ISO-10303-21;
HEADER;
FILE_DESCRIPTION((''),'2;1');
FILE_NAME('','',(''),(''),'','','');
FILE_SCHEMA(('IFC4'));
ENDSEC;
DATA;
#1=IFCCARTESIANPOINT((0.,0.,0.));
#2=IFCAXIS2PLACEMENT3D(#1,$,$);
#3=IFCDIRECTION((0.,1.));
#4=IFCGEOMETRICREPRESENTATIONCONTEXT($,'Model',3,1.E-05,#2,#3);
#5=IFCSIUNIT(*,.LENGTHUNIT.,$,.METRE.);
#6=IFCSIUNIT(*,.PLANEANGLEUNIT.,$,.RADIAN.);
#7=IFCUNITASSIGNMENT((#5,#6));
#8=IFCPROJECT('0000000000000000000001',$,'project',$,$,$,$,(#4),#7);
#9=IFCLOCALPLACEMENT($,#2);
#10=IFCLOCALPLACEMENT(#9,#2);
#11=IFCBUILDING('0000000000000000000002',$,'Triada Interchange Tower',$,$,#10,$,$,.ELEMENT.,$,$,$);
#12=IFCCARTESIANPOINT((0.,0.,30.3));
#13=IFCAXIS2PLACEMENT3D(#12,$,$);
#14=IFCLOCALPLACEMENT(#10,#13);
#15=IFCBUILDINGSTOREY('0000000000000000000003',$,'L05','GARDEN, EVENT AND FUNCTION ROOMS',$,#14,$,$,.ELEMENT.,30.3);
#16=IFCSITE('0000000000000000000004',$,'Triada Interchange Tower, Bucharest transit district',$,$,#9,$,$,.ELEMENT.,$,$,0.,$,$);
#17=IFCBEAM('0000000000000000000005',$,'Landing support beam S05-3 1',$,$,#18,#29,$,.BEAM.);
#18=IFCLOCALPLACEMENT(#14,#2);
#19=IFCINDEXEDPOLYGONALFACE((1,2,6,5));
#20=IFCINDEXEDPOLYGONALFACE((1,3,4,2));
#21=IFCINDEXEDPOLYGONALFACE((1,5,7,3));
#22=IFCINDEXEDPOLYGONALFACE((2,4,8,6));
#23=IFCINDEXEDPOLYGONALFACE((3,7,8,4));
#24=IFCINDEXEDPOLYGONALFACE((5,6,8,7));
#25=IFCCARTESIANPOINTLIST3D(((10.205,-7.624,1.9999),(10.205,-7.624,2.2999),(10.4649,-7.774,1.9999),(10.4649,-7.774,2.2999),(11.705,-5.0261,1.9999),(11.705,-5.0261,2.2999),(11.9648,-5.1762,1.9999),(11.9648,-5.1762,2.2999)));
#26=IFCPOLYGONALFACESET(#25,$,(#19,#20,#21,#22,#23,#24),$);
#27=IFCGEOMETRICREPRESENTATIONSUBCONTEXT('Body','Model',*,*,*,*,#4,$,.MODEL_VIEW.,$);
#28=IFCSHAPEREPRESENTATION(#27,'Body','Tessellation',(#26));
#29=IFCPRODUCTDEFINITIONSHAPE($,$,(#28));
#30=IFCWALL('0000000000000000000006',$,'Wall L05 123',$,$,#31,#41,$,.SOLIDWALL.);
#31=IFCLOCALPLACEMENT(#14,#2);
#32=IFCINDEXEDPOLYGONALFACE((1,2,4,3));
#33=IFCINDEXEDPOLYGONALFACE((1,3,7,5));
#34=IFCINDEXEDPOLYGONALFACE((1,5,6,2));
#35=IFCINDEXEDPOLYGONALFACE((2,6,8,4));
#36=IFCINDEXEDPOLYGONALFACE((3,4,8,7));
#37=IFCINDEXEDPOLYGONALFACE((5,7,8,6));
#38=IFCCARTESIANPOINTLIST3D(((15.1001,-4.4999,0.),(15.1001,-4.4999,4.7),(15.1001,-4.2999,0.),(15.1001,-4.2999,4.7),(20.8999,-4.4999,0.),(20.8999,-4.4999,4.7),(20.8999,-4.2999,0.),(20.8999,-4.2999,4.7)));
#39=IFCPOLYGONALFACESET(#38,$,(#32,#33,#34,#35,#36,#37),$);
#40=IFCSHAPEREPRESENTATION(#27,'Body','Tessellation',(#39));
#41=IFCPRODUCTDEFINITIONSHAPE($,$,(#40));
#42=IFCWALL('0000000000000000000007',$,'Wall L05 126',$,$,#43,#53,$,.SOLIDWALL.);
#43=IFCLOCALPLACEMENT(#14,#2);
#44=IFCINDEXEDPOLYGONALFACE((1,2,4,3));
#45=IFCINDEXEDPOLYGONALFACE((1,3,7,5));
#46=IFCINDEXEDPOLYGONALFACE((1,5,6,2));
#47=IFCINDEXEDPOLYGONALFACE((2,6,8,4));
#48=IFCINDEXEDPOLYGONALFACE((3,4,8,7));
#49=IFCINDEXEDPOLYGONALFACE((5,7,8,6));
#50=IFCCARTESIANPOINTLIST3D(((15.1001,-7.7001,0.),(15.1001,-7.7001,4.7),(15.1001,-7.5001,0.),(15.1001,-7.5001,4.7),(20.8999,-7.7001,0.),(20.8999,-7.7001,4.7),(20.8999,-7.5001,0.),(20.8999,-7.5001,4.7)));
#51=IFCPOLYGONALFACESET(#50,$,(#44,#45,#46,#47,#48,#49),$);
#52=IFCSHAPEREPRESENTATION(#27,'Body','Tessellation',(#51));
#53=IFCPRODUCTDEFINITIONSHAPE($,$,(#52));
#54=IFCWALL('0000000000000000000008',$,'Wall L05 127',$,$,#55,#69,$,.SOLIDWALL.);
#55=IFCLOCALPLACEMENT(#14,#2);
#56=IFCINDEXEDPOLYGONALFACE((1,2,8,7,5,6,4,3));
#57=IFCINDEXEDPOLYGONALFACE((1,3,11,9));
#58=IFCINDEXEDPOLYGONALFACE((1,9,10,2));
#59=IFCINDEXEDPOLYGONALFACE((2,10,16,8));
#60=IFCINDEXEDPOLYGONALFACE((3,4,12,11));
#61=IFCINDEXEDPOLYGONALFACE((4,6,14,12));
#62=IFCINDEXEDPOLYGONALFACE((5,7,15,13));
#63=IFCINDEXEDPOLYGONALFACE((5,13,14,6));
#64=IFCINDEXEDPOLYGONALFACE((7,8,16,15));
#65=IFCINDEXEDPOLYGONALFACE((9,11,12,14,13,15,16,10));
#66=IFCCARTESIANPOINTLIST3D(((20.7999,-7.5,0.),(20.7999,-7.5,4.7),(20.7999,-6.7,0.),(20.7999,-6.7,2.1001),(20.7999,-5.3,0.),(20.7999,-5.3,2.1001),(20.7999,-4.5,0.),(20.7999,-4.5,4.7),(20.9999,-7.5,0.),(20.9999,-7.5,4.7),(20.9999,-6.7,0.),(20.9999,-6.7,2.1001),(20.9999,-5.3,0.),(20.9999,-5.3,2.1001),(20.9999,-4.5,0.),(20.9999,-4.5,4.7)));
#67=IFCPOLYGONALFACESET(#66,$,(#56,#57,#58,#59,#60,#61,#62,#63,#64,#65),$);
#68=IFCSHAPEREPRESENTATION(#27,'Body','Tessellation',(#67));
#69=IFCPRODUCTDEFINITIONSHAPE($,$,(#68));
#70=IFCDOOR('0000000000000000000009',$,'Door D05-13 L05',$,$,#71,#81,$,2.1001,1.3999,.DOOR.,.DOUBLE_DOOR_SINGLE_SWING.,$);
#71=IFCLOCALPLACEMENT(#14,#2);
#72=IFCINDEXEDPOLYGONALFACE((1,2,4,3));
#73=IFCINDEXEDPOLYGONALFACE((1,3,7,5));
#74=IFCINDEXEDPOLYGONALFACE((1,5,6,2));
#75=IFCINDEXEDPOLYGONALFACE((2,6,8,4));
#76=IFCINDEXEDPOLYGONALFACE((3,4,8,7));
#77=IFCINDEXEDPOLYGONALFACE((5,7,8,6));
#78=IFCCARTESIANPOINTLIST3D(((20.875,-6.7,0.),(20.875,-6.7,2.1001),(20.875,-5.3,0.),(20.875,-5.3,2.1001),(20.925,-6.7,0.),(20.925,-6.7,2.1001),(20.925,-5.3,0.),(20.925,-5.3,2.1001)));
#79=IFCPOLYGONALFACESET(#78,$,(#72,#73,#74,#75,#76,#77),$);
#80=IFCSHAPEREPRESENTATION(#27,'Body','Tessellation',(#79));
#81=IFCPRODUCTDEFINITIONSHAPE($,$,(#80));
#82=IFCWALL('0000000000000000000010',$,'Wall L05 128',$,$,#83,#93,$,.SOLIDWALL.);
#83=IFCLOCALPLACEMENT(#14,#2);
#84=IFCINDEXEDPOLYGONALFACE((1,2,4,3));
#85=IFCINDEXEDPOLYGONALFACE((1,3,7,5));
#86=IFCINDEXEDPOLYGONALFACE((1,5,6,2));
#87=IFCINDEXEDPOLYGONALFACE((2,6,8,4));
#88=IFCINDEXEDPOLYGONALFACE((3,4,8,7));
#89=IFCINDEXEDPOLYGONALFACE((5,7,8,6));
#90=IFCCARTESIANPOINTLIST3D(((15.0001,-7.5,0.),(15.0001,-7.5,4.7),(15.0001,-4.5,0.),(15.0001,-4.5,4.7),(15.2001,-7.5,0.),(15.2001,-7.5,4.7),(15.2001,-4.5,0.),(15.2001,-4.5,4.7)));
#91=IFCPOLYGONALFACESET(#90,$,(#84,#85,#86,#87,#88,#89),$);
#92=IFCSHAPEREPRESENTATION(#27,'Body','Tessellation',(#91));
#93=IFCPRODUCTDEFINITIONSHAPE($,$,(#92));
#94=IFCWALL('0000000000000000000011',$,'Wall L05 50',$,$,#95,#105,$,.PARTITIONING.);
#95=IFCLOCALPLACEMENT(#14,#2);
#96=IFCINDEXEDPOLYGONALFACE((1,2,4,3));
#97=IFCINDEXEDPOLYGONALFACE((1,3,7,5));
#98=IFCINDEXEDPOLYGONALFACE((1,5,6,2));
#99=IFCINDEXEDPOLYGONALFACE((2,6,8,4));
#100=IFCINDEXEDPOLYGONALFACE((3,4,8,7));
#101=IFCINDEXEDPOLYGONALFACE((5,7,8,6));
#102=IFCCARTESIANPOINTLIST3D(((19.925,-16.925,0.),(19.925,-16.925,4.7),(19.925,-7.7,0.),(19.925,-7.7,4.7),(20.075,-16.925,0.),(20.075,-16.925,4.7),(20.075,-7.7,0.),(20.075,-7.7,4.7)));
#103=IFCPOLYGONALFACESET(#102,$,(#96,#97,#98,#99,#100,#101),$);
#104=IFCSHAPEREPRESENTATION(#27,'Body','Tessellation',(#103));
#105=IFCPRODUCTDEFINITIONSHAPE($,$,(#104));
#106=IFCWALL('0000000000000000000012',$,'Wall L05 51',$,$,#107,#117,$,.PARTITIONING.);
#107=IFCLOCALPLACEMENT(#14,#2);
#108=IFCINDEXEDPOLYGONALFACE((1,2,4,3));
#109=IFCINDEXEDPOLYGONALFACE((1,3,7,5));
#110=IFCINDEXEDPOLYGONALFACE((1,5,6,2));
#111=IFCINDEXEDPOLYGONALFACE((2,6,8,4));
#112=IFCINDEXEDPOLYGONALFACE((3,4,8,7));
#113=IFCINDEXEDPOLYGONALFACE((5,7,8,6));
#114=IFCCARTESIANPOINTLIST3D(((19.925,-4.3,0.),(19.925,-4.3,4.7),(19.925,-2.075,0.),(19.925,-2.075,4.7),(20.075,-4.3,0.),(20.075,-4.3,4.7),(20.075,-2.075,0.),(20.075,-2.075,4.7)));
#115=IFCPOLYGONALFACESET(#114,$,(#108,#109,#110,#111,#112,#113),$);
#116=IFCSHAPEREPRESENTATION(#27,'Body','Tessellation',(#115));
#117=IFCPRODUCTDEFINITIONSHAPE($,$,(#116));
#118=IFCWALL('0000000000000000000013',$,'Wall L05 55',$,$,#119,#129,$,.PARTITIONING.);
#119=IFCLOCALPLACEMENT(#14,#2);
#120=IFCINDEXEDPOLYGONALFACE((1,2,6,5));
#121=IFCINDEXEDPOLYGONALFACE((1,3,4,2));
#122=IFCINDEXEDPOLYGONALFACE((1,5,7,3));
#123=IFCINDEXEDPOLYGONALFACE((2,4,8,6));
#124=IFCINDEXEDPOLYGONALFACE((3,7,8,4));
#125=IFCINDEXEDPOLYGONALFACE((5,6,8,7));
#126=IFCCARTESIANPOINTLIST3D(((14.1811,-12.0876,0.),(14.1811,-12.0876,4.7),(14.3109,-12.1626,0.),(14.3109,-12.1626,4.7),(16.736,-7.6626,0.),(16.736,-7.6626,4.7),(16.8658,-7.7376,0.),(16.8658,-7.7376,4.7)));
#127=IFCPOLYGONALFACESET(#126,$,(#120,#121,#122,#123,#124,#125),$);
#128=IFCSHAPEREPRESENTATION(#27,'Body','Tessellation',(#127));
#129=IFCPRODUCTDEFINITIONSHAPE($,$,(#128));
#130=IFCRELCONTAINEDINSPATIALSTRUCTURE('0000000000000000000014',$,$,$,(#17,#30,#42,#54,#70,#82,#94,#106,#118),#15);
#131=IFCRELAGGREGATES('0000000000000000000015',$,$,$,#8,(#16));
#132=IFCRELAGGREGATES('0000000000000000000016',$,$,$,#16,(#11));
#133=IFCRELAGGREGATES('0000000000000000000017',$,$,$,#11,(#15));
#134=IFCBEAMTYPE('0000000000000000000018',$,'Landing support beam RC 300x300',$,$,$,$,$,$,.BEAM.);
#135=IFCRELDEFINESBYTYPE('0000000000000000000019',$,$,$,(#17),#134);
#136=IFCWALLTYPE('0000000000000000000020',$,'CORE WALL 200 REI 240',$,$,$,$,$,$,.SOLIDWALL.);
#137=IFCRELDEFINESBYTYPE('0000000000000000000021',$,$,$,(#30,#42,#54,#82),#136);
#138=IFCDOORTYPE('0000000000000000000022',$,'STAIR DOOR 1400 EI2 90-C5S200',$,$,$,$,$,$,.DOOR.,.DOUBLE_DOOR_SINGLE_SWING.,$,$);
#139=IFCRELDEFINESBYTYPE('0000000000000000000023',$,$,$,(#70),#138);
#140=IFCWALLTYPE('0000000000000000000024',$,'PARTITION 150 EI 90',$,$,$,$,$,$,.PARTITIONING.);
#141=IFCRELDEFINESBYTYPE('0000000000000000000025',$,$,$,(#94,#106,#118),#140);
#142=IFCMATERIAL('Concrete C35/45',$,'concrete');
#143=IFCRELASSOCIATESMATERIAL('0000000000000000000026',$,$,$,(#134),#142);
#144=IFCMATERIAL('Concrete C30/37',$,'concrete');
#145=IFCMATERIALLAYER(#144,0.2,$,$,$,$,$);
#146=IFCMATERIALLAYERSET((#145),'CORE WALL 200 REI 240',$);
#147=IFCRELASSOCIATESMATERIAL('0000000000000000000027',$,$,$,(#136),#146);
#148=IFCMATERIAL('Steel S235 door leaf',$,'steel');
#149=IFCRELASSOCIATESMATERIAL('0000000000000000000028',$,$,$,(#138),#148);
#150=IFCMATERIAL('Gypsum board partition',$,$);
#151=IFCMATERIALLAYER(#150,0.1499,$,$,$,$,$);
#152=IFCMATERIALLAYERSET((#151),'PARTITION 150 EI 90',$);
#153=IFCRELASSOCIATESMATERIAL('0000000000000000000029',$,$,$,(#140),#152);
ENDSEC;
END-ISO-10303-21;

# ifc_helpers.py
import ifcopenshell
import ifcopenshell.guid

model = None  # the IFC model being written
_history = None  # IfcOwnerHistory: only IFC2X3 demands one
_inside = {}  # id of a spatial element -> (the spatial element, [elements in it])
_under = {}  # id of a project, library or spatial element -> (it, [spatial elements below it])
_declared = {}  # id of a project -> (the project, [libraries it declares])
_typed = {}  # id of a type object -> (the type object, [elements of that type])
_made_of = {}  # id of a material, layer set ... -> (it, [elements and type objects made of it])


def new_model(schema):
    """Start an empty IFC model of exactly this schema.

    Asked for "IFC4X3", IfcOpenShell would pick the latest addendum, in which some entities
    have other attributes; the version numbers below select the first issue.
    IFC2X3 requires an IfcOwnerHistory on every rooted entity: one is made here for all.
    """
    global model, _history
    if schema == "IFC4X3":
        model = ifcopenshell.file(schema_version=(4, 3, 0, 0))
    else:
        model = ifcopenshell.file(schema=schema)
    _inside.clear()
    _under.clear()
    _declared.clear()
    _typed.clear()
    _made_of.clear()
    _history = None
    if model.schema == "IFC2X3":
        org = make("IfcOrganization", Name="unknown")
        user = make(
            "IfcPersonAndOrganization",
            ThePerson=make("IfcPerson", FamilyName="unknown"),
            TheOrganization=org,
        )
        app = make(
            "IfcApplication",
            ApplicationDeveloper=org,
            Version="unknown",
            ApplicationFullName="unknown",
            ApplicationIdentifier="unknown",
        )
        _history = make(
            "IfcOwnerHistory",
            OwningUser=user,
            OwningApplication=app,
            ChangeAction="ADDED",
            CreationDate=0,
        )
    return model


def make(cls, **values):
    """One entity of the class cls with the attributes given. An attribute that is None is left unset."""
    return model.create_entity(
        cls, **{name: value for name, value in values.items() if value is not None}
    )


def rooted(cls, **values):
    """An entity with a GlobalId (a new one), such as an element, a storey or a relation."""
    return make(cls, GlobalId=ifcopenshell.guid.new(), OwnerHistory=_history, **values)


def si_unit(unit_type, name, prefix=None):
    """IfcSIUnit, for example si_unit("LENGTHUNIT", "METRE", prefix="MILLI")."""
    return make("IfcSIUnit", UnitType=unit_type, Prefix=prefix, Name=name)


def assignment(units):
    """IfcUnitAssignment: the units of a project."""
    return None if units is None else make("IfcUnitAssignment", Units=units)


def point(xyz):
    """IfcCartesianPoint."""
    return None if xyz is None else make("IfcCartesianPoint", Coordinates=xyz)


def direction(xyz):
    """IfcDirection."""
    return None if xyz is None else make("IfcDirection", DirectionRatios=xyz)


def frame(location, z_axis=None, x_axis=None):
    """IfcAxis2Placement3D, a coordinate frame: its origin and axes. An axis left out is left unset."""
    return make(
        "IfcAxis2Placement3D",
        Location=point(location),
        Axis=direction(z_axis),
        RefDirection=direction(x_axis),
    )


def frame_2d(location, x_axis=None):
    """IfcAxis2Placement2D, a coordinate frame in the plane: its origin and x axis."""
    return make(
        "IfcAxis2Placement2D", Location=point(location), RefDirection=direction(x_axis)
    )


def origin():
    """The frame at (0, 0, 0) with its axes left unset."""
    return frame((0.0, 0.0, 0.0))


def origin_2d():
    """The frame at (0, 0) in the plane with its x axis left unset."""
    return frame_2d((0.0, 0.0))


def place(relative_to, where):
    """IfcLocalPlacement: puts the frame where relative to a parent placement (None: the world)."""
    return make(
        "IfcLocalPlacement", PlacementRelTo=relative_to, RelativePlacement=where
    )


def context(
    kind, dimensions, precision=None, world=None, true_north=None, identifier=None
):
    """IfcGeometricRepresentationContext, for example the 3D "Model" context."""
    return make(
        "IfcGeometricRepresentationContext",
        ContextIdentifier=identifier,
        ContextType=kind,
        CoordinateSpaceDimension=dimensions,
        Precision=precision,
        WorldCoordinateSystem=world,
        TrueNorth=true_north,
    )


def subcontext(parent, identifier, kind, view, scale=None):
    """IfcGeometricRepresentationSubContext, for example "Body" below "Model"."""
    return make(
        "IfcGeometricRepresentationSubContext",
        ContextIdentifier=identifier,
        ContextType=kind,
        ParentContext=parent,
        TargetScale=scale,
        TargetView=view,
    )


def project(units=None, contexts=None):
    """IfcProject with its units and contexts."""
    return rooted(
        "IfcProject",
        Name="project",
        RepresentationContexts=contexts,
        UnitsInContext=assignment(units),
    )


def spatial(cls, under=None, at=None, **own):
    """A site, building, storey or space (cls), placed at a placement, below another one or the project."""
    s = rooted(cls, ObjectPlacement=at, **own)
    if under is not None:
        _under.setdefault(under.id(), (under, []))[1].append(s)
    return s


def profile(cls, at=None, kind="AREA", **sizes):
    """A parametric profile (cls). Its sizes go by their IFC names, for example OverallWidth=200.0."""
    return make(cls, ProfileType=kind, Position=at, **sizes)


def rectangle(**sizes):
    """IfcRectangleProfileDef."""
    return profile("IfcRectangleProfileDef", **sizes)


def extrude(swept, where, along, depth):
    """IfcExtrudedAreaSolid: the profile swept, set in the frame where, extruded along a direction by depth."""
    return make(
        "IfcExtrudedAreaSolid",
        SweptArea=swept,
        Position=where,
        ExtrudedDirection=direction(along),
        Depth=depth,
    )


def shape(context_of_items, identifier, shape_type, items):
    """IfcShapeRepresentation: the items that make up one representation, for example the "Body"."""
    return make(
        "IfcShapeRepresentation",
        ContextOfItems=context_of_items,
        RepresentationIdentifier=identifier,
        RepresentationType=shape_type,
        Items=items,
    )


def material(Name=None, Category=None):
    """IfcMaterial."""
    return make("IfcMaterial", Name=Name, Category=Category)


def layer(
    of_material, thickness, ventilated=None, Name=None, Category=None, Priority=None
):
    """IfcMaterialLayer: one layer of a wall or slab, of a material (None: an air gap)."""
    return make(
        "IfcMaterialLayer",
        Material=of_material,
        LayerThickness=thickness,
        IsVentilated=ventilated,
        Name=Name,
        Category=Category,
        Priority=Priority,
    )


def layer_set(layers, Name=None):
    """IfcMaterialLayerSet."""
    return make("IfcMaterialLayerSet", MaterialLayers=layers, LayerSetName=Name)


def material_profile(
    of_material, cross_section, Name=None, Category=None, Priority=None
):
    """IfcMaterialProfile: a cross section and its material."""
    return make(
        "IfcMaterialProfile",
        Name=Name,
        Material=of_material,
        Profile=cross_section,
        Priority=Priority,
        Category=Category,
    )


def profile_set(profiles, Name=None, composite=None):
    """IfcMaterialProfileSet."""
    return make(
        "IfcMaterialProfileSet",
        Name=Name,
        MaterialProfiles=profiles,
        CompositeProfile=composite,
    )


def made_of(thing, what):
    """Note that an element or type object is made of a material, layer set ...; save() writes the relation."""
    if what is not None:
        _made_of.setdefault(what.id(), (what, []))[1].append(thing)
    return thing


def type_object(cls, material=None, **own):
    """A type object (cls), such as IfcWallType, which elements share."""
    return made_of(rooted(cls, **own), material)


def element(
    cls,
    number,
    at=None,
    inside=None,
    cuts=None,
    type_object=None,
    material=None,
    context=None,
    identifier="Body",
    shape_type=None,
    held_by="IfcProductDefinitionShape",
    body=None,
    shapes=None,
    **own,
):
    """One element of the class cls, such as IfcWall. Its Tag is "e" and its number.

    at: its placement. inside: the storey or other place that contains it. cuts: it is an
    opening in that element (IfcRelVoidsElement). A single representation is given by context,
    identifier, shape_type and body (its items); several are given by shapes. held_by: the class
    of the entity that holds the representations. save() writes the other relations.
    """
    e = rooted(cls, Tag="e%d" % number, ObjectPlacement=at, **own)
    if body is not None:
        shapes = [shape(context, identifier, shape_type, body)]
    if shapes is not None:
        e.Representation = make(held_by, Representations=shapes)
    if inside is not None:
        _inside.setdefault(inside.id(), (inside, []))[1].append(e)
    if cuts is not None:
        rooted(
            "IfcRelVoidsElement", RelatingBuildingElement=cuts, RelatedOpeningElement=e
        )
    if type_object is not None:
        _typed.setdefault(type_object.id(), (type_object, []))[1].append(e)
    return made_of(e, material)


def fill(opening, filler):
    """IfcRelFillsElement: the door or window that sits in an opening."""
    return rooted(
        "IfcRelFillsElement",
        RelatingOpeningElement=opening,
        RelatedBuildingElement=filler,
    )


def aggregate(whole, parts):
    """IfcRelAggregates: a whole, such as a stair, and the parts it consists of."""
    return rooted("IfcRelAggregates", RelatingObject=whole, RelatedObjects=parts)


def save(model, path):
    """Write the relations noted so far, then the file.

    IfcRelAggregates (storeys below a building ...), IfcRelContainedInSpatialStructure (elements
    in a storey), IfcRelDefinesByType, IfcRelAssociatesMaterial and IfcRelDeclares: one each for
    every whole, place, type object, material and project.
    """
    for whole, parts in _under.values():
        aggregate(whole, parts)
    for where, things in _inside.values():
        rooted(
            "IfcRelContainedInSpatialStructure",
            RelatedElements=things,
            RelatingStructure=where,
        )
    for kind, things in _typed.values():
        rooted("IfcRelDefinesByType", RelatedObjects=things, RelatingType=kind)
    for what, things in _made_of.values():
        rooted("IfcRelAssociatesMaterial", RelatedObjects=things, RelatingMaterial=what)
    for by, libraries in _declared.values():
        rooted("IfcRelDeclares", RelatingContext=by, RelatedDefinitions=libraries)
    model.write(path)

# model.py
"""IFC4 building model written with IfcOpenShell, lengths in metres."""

from ifc_helpers import new_model, si_unit, direction, frame, frame_2d, origin, origin_2d, place, context, subcontext, project, spatial, rectangle, extrude, material, layer, layer_set, material_profile, profile_set, type_object, element, fill, save


model = new_model("IFC4")

# Units and contexts
model_context = context("Model", 3, precision=1e-05, world=origin(), true_north=direction((0.0, 1.0)))
body_context = subcontext(model_context, "Body", "Model", "MODEL_VIEW")
ifc_project = project(units=[si_unit("LENGTHUNIT", "METRE"), si_unit("PLANEANGLEUNIT", "RADIAN")], contexts=[model_context])

# Site, building, storey
site_placement = place(None, origin())
site = spatial("IfcSite", under=ifc_project, at=site_placement, Name="Triada Interchange Tower, Bucharest transit district", CompositionType="ELEMENT", RefElevation=0.0)
building_placement = place(site_placement, origin())
building = spatial("IfcBuilding", under=site, at=building_placement, Name="Triada Interchange Tower", CompositionType="ELEMENT")
storey_placement = place(building_placement, frame((0.0, 0.0, 30.3)))
storey = spatial("IfcBuildingStorey", under=building, at=storey_placement, Name="L05", Description="GARDEN, EVENT AND FUNCTION ROOMS", CompositionType="ELEMENT", Elevation=30.3)

# Beam
ifc_material_1 = material(Name="Concrete C35/45", Category="concrete")
ifc_material_profile_1 = material_profile(ifc_material_1, rectangle(XDim=0.3, YDim=0.3, at=origin_2d()), Name="RC 300x300")
ifc_profile_set_1 = profile_set([ifc_material_profile_1], Name="Concrete C35/45")
beam_type_1 = type_object("IfcBeamType", Name="Landing support beam RC 300x300", PredefinedType="BEAM", material=ifc_profile_set_1)
beam_1_placement = place(storey_placement, frame((10.335, -7.699, 2.1499), z_axis=(0.500025, 0.866011, 0.0), x_axis=(-0.866011, 0.500025, 0.0)))
element("IfcBeam", 1, at=beam_1_placement, inside=storey, type_object=beam_type_1, Name="Landing support beam S05-3 1", PredefinedType="BEAM", context=body_context, shape_type="SweptSolid", body=[
    extrude(rectangle(XDim=0.3, YDim=0.3, at=origin_2d()), origin(), (0.0, 0.0, 1.0), 2.9998),
])

# Walls
ifc_material_2 = material(Name="Concrete C30/37", Category="concrete")
ifc_layer_1 = layer(ifc_material_2, 0.2)
ifc_layer_set_1 = layer_set([ifc_layer_1], Name="CORE WALL 200 REI 240")
wall_type_1 = type_object("IfcWallType", Name="CORE WALL 200 REI 240", PredefinedType="SOLIDWALL", material=ifc_layer_set_1)
for number, where, z_axis, x_axis, name in (
    (2, (15.1001, -4.3999, 0.0), (0.0, 0.0, 1.0), (1.0, 0.0, 0.0), "Wall L05 123"),
    (3, (15.1001, -7.6001, 0.0), (0.0, 0.0, 1.0), (1.0, 0.0, 0.0), "Wall L05 126"),
):
    element("IfcWall", number, at=place(storey_placement, frame(where, z_axis=z_axis, x_axis=x_axis)), inside=storey, type_object=wall_type_1, Name=name, PredefinedType="SOLIDWALL", context=body_context, shape_type="SweptSolid", body=[
        extrude(rectangle(XDim=5.7998, YDim=0.2, at=frame_2d((2.8999, 0.0))), origin(), (0.0, 0.0, 1.0), 4.7),
    ])

# Wall, opening, door
wall_1_placement = place(storey_placement, frame((20.8999, -7.5, 0.0), z_axis=(0.0, 0.0, 1.0), x_axis=(0.0, 1.0, 0.0)))
wall_1 = element("IfcWall", 4, at=wall_1_placement, inside=storey, type_object=wall_type_1, Name="Wall L05 127", PredefinedType="SOLIDWALL", context=body_context, shape_type="SweptSolid", body=[
    extrude(rectangle(XDim=3.0, YDim=0.2, at=frame_2d((1.5, 0.0))), origin(), (0.0, 0.0, 1.0), 4.7),
])
opening_1_placement = place(wall_1_placement, frame((0.8, 0.0, 0.0)))
opening_1 = element("IfcOpeningElement", 5, at=opening_1_placement, cuts=wall_1, PredefinedType="OPENING", context=body_context, shape_type="SweptSolid", body=[
    extrude(rectangle(XDim=1.3999, YDim=2.1001, at=frame_2d((0.7, 1.05))), frame((0.0, 0.1099, 0.0), z_axis=(0.0, -1.0, 0.0), x_axis=(1.0, 0.0, 0.0)), (0.0, 0.0, 1.0), 0.22),
])
ifc_material_3 = material(Name="Steel S235 door leaf", Category="steel")
door_type_1 = type_object("IfcDoorType", Name="STAIR DOOR 1400 EI2 90-C5S200", OperationType="DOUBLE_DOOR_SINGLE_SWING", PredefinedType="DOOR", material=ifc_material_3)
door_1_placement = place(opening_1_placement, origin())
door_1 = element("IfcDoor", 6, at=door_1_placement, inside=storey, type_object=door_type_1, Name="Door D05-13 L05", OperationType="DOUBLE_DOOR_SINGLE_SWING", OverallHeight=2.1001, OverallWidth=1.3999, PredefinedType="DOOR", context=body_context, shape_type="SweptSolid", body=[
    extrude(rectangle(XDim=1.3999, YDim=2.1001, at=frame_2d((0.7, 1.05))), frame((0.0, 0.0249, 0.0), z_axis=(0.0, -1.0, 0.0), x_axis=(1.0, 0.0, 0.0)), (0.0, 0.0, 1.0), 0.05),
])
fill(opening_1, door_1)

# Wall
wall_2_placement = place(storey_placement, frame((15.1001, -7.5, 0.0), z_axis=(0.0, 0.0, 1.0), x_axis=(0.0, 1.0, 0.0)))
element("IfcWall", 7, at=wall_2_placement, inside=storey, type_object=wall_type_1, Name="Wall L05 128", PredefinedType="SOLIDWALL", context=body_context, shape_type="SweptSolid", body=[
    extrude(rectangle(XDim=3.0, YDim=0.2, at=frame_2d((1.5, 0.0))), origin(), (0.0, 0.0, 1.0), 4.7),
])

# Walls
ifc_material_4 = material(Name="Gypsum board partition")
ifc_layer_2 = layer(ifc_material_4, 0.1499)
ifc_layer_set_2 = layer_set([ifc_layer_2], Name="PARTITION 150 EI 90")
wall_type_2 = type_object("IfcWallType", Name="PARTITION 150 EI 90", PredefinedType="PARTITIONING", material=ifc_layer_set_2)
wall_3_placement = place(storey_placement, frame((20.0, -16.925, 0.0), z_axis=(0.0, 0.0, 1.0), x_axis=(0.0, 1.0, 0.0)))
element("IfcWall", 8, at=wall_3_placement, inside=storey, type_object=wall_type_2, Name="Wall L05 50", PredefinedType="PARTITIONING", context=body_context, shape_type="SweptSolid", body=[
    extrude(rectangle(XDim=9.2251, YDim=0.1499, at=frame_2d((4.6125, 0.0))), origin(), (0.0, 0.0, 1.0), 4.7),
])
wall_4_placement = place(storey_placement, frame((20.0, -4.3, 0.0), z_axis=(0.0, 0.0, 1.0), x_axis=(0.0, 1.0, 0.0)))
element("IfcWall", 9, at=wall_4_placement, inside=storey, type_object=wall_type_2, Name="Wall L05 51", PredefinedType="PARTITIONING", context=body_context, shape_type="SweptSolid", body=[
    extrude(rectangle(XDim=2.2251, YDim=0.1499, at=frame_2d((1.1125, 0.0))), origin(), (0.0, 0.0, 1.0), 4.7),
])
wall_5_placement = place(storey_placement, frame((14.2461, -12.125, 0.0), z_axis=(0.0, 0.0, 1.0), x_axis=(0.500019, 0.866015, 0.0)))
element("IfcWall", 10, at=wall_5_placement, inside=storey, type_object=wall_type_2, Name="Wall L05 55", PredefinedType="PARTITIONING", context=body_context, shape_type="SweptSolid", body=[
    extrude(rectangle(XDim=5.1096, YDim=0.1499, at=frame_2d((2.5547, 0.0))), origin(), (0.0, 0.0, 1.0), 4.7),
])

save(model, "model.ifc")
